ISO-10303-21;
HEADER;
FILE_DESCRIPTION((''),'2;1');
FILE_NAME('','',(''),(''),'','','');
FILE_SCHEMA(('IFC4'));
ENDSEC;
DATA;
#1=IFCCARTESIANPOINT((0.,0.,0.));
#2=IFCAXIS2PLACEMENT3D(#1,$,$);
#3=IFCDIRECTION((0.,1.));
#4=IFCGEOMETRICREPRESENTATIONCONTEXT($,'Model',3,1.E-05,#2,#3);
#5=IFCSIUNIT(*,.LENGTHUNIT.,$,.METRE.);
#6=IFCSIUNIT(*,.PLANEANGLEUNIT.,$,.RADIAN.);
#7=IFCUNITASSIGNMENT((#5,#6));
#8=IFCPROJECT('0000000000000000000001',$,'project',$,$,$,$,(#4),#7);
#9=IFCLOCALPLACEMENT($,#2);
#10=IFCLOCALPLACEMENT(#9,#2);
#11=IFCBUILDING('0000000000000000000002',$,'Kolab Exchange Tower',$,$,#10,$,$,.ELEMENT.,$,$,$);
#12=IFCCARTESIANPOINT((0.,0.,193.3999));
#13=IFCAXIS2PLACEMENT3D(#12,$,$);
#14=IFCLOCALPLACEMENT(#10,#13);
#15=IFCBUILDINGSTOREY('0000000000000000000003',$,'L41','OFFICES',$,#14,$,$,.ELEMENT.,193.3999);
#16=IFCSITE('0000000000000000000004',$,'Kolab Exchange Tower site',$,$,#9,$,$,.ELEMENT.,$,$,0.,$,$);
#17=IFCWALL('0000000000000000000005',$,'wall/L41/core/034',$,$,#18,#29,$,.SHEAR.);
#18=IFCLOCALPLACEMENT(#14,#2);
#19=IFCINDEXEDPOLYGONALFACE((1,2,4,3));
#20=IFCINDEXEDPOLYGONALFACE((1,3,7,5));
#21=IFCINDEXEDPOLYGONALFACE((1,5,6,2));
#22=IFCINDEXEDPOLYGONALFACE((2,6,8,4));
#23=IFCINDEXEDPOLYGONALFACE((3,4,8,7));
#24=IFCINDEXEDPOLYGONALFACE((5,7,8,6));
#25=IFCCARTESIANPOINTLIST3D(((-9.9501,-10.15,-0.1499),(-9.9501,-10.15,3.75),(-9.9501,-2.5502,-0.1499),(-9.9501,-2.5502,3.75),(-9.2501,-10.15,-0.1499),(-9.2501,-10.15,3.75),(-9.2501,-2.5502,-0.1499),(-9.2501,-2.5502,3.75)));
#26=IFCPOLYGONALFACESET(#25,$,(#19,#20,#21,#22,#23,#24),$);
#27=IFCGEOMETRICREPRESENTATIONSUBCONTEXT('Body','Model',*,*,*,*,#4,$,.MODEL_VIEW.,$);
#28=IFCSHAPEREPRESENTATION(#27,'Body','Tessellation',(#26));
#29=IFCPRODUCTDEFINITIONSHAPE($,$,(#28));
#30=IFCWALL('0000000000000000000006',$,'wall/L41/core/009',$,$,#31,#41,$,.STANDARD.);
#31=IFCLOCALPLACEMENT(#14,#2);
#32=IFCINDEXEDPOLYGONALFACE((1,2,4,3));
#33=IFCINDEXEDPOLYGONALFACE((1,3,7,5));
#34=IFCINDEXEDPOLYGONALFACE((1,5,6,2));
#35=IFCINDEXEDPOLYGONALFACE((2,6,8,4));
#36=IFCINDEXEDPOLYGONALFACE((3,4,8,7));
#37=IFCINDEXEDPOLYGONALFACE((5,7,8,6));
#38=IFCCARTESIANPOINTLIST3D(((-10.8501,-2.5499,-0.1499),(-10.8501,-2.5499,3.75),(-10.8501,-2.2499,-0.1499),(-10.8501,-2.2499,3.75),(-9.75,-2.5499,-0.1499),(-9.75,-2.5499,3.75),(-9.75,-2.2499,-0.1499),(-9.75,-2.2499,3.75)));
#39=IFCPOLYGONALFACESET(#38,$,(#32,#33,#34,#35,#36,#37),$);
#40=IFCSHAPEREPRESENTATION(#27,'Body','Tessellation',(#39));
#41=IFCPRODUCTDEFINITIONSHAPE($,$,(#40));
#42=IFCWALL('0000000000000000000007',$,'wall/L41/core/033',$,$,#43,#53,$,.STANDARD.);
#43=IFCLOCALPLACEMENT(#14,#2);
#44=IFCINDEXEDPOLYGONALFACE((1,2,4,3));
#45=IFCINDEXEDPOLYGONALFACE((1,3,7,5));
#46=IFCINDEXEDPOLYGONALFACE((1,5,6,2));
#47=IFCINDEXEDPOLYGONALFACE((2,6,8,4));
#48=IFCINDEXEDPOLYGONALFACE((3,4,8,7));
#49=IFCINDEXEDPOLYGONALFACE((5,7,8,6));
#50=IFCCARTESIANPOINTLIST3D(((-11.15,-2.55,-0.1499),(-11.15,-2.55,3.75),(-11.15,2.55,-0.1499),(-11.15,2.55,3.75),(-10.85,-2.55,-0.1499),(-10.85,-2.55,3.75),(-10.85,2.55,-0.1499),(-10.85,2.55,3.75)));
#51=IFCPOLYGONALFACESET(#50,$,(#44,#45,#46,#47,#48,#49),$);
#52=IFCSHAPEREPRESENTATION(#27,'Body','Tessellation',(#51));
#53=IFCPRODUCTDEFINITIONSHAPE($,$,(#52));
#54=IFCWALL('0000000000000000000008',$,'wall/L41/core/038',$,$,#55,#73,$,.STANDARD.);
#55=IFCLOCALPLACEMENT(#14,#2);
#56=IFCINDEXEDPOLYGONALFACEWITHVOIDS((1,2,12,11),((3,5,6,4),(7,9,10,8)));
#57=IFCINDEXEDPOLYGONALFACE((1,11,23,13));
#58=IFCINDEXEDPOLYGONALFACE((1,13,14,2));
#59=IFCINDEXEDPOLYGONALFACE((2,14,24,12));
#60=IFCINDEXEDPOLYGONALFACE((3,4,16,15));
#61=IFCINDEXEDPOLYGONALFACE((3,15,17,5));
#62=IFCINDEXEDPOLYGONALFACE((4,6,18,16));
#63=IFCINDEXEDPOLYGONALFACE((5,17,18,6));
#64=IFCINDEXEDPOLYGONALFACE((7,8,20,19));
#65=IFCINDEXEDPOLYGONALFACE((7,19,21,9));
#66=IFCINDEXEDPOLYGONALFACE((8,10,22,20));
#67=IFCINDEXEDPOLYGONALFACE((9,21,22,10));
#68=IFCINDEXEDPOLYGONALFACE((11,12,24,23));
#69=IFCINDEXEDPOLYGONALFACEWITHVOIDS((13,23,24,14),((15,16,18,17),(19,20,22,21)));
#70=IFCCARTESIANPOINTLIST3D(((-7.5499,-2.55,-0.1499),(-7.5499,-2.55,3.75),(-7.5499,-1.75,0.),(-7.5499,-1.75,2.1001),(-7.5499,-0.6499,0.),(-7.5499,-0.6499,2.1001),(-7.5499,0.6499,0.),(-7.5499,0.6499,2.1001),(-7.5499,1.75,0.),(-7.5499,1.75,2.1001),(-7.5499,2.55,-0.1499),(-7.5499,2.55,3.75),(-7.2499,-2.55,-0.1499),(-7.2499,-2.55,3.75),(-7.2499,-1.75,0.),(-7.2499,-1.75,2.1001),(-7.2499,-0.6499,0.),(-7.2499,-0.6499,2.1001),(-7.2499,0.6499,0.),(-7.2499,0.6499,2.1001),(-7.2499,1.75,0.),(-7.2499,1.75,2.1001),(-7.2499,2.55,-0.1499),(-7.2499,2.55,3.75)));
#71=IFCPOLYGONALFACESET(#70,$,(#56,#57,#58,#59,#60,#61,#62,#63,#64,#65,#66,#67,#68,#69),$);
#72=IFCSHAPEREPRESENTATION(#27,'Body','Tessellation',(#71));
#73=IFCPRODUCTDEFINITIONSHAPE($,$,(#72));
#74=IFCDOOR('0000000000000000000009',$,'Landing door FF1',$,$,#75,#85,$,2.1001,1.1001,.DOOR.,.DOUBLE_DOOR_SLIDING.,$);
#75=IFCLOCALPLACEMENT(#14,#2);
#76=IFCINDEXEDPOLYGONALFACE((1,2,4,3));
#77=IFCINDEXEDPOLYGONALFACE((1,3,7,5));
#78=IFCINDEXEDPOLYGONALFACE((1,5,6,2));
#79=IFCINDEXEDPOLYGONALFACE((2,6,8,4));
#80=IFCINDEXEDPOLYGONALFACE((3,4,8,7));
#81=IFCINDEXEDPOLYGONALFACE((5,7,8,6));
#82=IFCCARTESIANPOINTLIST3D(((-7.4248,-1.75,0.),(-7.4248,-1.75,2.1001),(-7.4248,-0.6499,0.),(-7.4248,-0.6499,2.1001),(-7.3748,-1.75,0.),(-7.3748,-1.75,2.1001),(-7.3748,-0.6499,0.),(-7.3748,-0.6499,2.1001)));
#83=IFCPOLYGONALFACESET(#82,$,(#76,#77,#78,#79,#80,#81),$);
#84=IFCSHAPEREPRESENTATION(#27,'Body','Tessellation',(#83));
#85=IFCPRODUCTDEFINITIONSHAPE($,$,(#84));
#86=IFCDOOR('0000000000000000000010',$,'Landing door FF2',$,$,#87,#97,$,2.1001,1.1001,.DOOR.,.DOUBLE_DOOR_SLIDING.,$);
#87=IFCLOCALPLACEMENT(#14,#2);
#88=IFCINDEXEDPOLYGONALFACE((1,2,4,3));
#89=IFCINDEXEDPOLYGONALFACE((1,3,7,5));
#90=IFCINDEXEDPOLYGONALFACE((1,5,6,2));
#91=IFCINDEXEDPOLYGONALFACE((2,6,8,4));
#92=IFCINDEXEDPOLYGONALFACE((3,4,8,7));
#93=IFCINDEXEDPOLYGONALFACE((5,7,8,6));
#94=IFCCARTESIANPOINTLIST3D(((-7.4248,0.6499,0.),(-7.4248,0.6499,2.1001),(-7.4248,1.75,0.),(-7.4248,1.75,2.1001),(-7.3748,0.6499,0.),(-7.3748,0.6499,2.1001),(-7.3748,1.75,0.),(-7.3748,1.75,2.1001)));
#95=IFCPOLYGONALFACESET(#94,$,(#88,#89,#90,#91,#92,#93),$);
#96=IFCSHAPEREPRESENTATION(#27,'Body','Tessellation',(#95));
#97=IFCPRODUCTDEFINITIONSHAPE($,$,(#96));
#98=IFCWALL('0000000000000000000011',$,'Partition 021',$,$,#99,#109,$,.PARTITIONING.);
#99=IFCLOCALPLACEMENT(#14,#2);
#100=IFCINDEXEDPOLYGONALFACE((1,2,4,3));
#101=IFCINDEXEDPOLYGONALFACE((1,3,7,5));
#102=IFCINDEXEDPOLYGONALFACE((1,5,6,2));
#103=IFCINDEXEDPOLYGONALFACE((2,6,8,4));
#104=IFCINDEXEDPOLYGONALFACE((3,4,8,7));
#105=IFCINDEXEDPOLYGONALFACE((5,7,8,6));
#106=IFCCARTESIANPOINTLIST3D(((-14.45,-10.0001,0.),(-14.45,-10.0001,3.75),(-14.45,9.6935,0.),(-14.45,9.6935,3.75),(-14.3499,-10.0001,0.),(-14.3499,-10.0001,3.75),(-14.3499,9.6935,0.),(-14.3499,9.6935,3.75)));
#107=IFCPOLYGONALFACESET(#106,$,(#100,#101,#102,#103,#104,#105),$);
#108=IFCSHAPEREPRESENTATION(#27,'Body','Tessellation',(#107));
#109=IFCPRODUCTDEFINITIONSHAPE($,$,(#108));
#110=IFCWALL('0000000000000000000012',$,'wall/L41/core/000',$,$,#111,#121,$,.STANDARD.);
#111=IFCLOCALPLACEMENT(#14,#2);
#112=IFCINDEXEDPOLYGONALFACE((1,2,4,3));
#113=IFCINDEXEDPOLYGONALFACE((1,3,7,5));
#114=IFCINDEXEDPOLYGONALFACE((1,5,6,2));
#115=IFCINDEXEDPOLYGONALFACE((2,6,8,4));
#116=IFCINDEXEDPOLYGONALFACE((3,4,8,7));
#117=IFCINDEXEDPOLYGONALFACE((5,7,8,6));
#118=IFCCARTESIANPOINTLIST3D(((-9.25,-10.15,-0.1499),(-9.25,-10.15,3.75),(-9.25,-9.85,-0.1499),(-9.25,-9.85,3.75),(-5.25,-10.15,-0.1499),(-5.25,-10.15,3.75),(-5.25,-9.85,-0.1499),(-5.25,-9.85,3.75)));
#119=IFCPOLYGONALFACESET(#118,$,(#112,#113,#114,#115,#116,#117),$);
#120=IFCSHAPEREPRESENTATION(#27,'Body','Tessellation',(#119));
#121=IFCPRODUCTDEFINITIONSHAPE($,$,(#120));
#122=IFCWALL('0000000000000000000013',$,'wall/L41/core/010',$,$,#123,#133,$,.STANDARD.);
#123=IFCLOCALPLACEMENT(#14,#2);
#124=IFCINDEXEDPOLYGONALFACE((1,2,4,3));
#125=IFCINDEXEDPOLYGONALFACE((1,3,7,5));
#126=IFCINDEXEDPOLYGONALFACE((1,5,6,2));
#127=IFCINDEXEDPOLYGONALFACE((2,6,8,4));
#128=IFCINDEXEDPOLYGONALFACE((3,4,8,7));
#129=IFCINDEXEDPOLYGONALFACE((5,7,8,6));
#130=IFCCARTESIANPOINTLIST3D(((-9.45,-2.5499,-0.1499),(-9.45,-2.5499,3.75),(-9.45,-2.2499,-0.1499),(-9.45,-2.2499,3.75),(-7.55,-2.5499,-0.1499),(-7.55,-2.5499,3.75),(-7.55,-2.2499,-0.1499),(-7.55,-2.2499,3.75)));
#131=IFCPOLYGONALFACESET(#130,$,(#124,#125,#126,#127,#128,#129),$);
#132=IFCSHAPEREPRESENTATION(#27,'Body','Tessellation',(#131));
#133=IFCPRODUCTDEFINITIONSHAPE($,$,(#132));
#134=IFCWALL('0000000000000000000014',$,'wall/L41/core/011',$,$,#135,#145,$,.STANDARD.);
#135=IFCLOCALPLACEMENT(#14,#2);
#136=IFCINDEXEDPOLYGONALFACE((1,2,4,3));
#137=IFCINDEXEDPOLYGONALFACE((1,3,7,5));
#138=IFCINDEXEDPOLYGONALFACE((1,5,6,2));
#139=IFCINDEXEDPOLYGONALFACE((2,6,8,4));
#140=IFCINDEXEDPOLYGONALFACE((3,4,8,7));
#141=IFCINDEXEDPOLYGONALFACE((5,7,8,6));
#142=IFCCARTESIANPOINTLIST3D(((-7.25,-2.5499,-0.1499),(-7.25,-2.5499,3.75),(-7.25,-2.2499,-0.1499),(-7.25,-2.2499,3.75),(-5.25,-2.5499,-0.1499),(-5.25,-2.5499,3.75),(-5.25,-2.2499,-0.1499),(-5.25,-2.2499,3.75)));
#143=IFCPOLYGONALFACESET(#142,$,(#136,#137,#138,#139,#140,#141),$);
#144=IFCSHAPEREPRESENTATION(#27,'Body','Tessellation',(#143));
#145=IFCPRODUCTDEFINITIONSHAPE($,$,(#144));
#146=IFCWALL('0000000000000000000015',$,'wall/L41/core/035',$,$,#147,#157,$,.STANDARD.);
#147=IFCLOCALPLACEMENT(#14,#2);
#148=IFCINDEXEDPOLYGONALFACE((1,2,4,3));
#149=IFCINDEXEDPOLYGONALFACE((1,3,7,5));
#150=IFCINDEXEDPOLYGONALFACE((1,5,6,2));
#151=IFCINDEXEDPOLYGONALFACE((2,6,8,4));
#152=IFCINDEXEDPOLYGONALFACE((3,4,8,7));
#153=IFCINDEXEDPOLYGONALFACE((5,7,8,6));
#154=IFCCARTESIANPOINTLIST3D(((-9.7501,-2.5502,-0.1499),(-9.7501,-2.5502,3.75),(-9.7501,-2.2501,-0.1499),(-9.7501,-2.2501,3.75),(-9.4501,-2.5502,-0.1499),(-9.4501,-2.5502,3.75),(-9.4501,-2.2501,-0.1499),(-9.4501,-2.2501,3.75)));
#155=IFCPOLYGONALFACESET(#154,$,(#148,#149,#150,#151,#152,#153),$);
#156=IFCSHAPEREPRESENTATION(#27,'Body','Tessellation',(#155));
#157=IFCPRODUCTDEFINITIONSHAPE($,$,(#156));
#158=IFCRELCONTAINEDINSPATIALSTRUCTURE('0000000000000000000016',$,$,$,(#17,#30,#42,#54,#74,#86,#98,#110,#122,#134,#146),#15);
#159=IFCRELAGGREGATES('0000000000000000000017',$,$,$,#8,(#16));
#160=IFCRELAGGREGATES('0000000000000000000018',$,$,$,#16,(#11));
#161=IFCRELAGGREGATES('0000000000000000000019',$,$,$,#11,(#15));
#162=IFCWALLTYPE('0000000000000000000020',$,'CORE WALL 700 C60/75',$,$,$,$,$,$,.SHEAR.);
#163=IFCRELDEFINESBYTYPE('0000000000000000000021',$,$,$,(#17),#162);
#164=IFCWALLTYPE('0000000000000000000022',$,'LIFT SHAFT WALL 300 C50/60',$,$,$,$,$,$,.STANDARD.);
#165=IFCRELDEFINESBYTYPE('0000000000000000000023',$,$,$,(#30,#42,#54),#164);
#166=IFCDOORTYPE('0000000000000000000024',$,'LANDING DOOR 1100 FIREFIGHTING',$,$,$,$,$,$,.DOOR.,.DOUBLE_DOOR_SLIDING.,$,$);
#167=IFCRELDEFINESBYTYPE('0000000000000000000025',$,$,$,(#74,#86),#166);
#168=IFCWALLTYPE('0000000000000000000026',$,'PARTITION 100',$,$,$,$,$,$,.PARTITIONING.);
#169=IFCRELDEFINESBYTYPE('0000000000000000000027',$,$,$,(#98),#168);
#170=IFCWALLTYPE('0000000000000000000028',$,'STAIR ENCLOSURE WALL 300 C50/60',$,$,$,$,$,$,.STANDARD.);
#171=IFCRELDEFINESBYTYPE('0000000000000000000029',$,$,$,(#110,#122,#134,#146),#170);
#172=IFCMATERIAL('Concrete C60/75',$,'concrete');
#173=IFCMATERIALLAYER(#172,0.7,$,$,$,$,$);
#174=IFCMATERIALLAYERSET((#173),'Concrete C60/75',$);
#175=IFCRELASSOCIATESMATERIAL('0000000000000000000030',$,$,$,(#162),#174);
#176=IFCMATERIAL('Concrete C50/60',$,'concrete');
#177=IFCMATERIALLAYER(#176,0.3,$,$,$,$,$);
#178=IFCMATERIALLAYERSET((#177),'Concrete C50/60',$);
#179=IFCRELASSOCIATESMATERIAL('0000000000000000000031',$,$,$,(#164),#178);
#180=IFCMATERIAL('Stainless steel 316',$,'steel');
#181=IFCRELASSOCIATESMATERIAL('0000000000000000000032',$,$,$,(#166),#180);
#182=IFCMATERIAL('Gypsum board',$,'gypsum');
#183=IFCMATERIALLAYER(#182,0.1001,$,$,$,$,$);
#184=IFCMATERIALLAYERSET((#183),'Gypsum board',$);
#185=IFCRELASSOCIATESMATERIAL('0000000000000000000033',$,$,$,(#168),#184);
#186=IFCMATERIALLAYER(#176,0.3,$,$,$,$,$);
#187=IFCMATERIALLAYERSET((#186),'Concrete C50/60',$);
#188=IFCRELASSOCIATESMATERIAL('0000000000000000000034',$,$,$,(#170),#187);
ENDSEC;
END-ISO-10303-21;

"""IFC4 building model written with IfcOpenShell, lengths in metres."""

from ifc_helpers import new_model, si_unit, direction, frame, frame_2d, origin, place, context, subcontext, project, spatial, rectangle, extrude, material, layer, layer_set, type_object, element, fill, save


model = new_model("IFC4")

# Units and contexts
model_context = context("Model", 3, precision=1e-05, world=origin(), true_north=direction((0.0, 1.0)))
body_context = subcontext(model_context, "Body", "Model", "MODEL_VIEW")
ifc_project = project(units=[si_unit("LENGTHUNIT", "METRE"), si_unit("PLANEANGLEUNIT", "RADIAN")], contexts=[model_context])

# Site, building, storey
site_placement = place(None, origin())
site = spatial("IfcSite", under=ifc_project, at=site_placement, Name="Kolab Exchange Tower site", CompositionType="ELEMENT", RefElevation=0.0)
building_placement = place(site_placement, origin())
building = spatial("IfcBuilding", under=site, at=building_placement, Name="Kolab Exchange Tower", CompositionType="ELEMENT")
storey_placement = place(building_placement, frame((0.0, 0.0, 193.3999)))
storey = spatial("IfcBuildingStorey", under=building, at=storey_placement, Name="L41", Description="OFFICES", CompositionType="ELEMENT", Elevation=193.3999)

# Walls
ifc_material_1 = material(Name="Concrete C60/75", Category="concrete")
ifc_layer_1 = layer(ifc_material_1, 0.7)
ifc_layer_set_1 = layer_set([ifc_layer_1], Name="Concrete C60/75")
wall_type_1 = type_object("IfcWallType", Name="CORE WALL 700 C60/75", PredefinedType="SHEAR", material=ifc_layer_set_1)
wall_1_placement = place(storey_placement, frame((-9.6001, -10.1499, -0.1499), z_axis=(0.0, 0.0, 1.0), x_axis=(0.0, 1.0, 0.0)))
element("IfcWall", 1, at=wall_1_placement, inside=storey, type_object=wall_type_1, Name="wall/L41/core/034", PredefinedType="SHEAR", context=body_context, shape_type="SweptSolid", body=[
    extrude(rectangle(XDim=7.5999, YDim=0.7, at=frame_2d((3.7998, 0.0))), origin(), (0.0, 0.0, 1.0), 3.8999),
])
ifc_material_2 = material(Name="Concrete C50/60", Category="concrete")
ifc_layer_2 = layer(ifc_material_2, 0.3)
ifc_layer_set_2 = layer_set([ifc_layer_2], Name="Concrete C50/60")
wall_type_2 = type_object("IfcWallType", Name="LIFT SHAFT WALL 300 C50/60", PredefinedType="STANDARD", material=ifc_layer_set_2)
wall_2_placement = place(storey_placement, frame((-10.8501, -2.3999, -0.1499), z_axis=(0.0, 0.0, 1.0), x_axis=(1.0, 0.0, 0.0)))
element("IfcWall", 2, at=wall_2_placement, inside=storey, type_object=wall_type_2, Name="wall/L41/core/009", PredefinedType="STANDARD", context=body_context, shape_type="SweptSolid", body=[
    extrude(rectangle(XDim=1.1001, YDim=0.3, at=frame_2d((0.55, 0.0))), origin(), (0.0, 0.0, 1.0), 3.8999),
])
wall_3_placement = place(storey_placement, frame((-11.0, -2.55, -0.1499), z_axis=(0.0, 0.0, 1.0), x_axis=(0.0, 1.0, 0.0)))
element("IfcWall", 3, at=wall_3_placement, inside=storey, type_object=wall_type_2, Name="wall/L41/core/033", PredefinedType="STANDARD", context=body_context, shape_type="SweptSolid", body=[
    extrude(rectangle(XDim=5.1001, YDim=0.3, at=frame_2d((2.55, 0.0))), origin(), (0.0, 0.0, 1.0), 3.8999),
])

# Wall, openings, doors
wall_4_placement = place(storey_placement, frame((-7.3999, -2.55, -0.1499), z_axis=(0.0, 0.0, 1.0), x_axis=(0.0, 1.0, 0.0)))
wall_4 = element("IfcWall", 4, at=wall_4_placement, inside=storey, type_object=wall_type_2, Name="wall/L41/core/038", PredefinedType="STANDARD", context=body_context, shape_type="SweptSolid", body=[
    extrude(rectangle(XDim=5.1001, YDim=0.3, at=frame_2d((2.55, 0.0))), origin(), (0.0, 0.0, 1.0), 3.8999),
])
opening_1_placement = place(wall_4_placement, frame((0.8, 0.0, 0.1499)))
opening_1 = element("IfcOpeningElement", 5, at=opening_1_placement, cuts=wall_4, PredefinedType="OPENING", context=body_context, shape_type="SweptSolid", body=[
    extrude(rectangle(XDim=1.1001, YDim=2.1001, at=frame_2d((0.55, 1.05))), frame((0.0, 0.1602, 0.0), z_axis=(0.0, -1.0, 0.0), x_axis=(1.0, 0.0, 0.0)), (0.0, 0.0, 1.0), 0.3201),
])
opening_2_placement = place(wall_4_placement, frame((3.2, 0.0, 0.1499)))
opening_2 = element("IfcOpeningElement", 6, at=opening_2_placement, cuts=wall_4, PredefinedType="OPENING", context=body_context, shape_type="SweptSolid", body=[
    extrude(rectangle(XDim=1.1001, YDim=2.1001, at=frame_2d((0.55, 1.05))), frame((0.0, 0.1602, 0.0), z_axis=(0.0, -1.0, 0.0), x_axis=(1.0, 0.0, 0.0)), (0.0, 0.0, 1.0), 0.3201),
])
ifc_material_3 = material(Name="Stainless steel 316", Category="steel")
door_type = type_object("IfcDoorType", Name="LANDING DOOR 1100 FIREFIGHTING", OperationType="DOUBLE_DOOR_SLIDING", PredefinedType="DOOR", material=ifc_material_3)
door_1_placement = place(opening_1_placement, origin())
door_1 = element("IfcDoor", 7, at=door_1_placement, inside=storey, type_object=door_type, Name="Landing door FF1", OperationType="DOUBLE_DOOR_SLIDING", OverallHeight=2.1001, OverallWidth=1.1001, PredefinedType="DOOR", context=body_context, shape_type="SweptSolid", body=[
    extrude(rectangle(XDim=1.1001, YDim=2.1001, at=frame_2d((0.55, 1.05))), frame((0.0, 0.0249, 0.0), z_axis=(0.0, -1.0, 0.0), x_axis=(1.0, 0.0, 0.0)), (0.0, 0.0, 1.0), 0.05),
])
fill(opening_1, door_1)
door_2_placement = place(opening_2_placement, origin())
door_2 = element("IfcDoor", 8, at=door_2_placement, inside=storey, type_object=door_type, Name="Landing door FF2", OperationType="DOUBLE_DOOR_SLIDING", OverallHeight=2.1001, OverallWidth=1.1001, PredefinedType="DOOR", context=body_context, shape_type="SweptSolid", body=[
    extrude(rectangle(XDim=1.1001, YDim=2.1001, at=frame_2d((0.55, 1.05))), frame((0.0, 0.0249, 0.0), z_axis=(0.0, -1.0, 0.0), x_axis=(1.0, 0.0, 0.0)), (0.0, 0.0, 1.0), 0.05),
])
fill(opening_2, door_2)

# Walls
ifc_material_4 = material(Name="Gypsum board", Category="gypsum")
ifc_layer_3 = layer(ifc_material_4, 0.1001)
ifc_layer_set_3 = layer_set([ifc_layer_3], Name="Gypsum board")
wall_type_3 = type_object("IfcWallType", Name="PARTITION 100", PredefinedType="PARTITIONING", material=ifc_layer_set_3)
wall_5_placement = place(storey_placement, frame((-14.3999, -10.0, 0.0), z_axis=(0.0, 0.0, 1.0), x_axis=(0.0, 1.0, 0.0)))
element("IfcWall", 9, at=wall_5_placement, inside=storey, type_object=wall_type_3, Name="Partition 021", PredefinedType="PARTITIONING", context=body_context, shape_type="SweptSolid", body=[
    extrude(rectangle(XDim=19.6936, YDim=0.1001, at=frame_2d((9.8467, 0.0))), origin(), (0.0, 0.0, 1.0), 3.75),
])
ifc_layer_4 = layer(ifc_material_2, 0.3)
ifc_layer_set_4 = layer_set([ifc_layer_4], Name="Concrete C50/60")
wall_type_4 = type_object("IfcWallType", Name="STAIR ENCLOSURE WALL 300 C50/60", PredefinedType="STANDARD", material=ifc_layer_set_4)
wall_6_placement = place(storey_placement, frame((-9.25, -10.0, -0.1499), z_axis=(0.0, 0.0, 1.0), x_axis=(1.0, 0.0, 0.0)))
element("IfcWall", 10, at=wall_6_placement, inside=storey, type_object=wall_type_4, Name="wall/L41/core/000", PredefinedType="STANDARD", context=body_context, shape_type="SweptSolid", body=[
    extrude(rectangle(XDim=4.0, YDim=0.3, at=frame_2d((2.0, 0.0))), origin(), (0.0, 0.0, 1.0), 3.8999),
])
wall_7_placement = place(storey_placement, frame((-9.45, -2.3999, -0.1499), z_axis=(0.0, 0.0, 1.0), x_axis=(1.0, 0.0, 0.0)))
element("IfcWall", 11, at=wall_7_placement, inside=storey, type_object=wall_type_4, Name="wall/L41/core/010", PredefinedType="STANDARD", context=body_context, shape_type="SweptSolid", body=[
    extrude(rectangle(XDim=1.8999, YDim=0.3, at=frame_2d((0.95, 0.0))), origin(), (0.0, 0.0, 1.0), 3.8999),
])
wall_8_placement = place(storey_placement, frame((-7.25, -2.3999, -0.1499), z_axis=(0.0, 0.0, 1.0), x_axis=(1.0, 0.0, 0.0)))
element("IfcWall", 12, at=wall_8_placement, inside=storey, type_object=wall_type_4, Name="wall/L41/core/011", PredefinedType="STANDARD", context=body_context, shape_type="SweptSolid", body=[
    extrude(rectangle(XDim=2.0, YDim=0.3, at=frame_2d((1.0, 0.0))), origin(), (0.0, 0.0, 1.0), 3.8999),
])
wall_9_placement = place(storey_placement, frame((-9.6001, -2.55, -0.1499), z_axis=(0.0, 0.0, 1.0), x_axis=(0.0, 1.0, 0.0)))
element("IfcWall", 13, at=wall_9_placement, inside=storey, type_object=wall_type_4, Name="wall/L41/core/035", PredefinedType="STANDARD", context=body_context, shape_type="SweptSolid", body=[
    extrude(rectangle(XDim=0.3, YDim=0.3, at=frame_2d((0.1499, 0.0))), origin(), (0.0, 0.0, 1.0), 3.8999),
])

save(model, "model.ifc")
